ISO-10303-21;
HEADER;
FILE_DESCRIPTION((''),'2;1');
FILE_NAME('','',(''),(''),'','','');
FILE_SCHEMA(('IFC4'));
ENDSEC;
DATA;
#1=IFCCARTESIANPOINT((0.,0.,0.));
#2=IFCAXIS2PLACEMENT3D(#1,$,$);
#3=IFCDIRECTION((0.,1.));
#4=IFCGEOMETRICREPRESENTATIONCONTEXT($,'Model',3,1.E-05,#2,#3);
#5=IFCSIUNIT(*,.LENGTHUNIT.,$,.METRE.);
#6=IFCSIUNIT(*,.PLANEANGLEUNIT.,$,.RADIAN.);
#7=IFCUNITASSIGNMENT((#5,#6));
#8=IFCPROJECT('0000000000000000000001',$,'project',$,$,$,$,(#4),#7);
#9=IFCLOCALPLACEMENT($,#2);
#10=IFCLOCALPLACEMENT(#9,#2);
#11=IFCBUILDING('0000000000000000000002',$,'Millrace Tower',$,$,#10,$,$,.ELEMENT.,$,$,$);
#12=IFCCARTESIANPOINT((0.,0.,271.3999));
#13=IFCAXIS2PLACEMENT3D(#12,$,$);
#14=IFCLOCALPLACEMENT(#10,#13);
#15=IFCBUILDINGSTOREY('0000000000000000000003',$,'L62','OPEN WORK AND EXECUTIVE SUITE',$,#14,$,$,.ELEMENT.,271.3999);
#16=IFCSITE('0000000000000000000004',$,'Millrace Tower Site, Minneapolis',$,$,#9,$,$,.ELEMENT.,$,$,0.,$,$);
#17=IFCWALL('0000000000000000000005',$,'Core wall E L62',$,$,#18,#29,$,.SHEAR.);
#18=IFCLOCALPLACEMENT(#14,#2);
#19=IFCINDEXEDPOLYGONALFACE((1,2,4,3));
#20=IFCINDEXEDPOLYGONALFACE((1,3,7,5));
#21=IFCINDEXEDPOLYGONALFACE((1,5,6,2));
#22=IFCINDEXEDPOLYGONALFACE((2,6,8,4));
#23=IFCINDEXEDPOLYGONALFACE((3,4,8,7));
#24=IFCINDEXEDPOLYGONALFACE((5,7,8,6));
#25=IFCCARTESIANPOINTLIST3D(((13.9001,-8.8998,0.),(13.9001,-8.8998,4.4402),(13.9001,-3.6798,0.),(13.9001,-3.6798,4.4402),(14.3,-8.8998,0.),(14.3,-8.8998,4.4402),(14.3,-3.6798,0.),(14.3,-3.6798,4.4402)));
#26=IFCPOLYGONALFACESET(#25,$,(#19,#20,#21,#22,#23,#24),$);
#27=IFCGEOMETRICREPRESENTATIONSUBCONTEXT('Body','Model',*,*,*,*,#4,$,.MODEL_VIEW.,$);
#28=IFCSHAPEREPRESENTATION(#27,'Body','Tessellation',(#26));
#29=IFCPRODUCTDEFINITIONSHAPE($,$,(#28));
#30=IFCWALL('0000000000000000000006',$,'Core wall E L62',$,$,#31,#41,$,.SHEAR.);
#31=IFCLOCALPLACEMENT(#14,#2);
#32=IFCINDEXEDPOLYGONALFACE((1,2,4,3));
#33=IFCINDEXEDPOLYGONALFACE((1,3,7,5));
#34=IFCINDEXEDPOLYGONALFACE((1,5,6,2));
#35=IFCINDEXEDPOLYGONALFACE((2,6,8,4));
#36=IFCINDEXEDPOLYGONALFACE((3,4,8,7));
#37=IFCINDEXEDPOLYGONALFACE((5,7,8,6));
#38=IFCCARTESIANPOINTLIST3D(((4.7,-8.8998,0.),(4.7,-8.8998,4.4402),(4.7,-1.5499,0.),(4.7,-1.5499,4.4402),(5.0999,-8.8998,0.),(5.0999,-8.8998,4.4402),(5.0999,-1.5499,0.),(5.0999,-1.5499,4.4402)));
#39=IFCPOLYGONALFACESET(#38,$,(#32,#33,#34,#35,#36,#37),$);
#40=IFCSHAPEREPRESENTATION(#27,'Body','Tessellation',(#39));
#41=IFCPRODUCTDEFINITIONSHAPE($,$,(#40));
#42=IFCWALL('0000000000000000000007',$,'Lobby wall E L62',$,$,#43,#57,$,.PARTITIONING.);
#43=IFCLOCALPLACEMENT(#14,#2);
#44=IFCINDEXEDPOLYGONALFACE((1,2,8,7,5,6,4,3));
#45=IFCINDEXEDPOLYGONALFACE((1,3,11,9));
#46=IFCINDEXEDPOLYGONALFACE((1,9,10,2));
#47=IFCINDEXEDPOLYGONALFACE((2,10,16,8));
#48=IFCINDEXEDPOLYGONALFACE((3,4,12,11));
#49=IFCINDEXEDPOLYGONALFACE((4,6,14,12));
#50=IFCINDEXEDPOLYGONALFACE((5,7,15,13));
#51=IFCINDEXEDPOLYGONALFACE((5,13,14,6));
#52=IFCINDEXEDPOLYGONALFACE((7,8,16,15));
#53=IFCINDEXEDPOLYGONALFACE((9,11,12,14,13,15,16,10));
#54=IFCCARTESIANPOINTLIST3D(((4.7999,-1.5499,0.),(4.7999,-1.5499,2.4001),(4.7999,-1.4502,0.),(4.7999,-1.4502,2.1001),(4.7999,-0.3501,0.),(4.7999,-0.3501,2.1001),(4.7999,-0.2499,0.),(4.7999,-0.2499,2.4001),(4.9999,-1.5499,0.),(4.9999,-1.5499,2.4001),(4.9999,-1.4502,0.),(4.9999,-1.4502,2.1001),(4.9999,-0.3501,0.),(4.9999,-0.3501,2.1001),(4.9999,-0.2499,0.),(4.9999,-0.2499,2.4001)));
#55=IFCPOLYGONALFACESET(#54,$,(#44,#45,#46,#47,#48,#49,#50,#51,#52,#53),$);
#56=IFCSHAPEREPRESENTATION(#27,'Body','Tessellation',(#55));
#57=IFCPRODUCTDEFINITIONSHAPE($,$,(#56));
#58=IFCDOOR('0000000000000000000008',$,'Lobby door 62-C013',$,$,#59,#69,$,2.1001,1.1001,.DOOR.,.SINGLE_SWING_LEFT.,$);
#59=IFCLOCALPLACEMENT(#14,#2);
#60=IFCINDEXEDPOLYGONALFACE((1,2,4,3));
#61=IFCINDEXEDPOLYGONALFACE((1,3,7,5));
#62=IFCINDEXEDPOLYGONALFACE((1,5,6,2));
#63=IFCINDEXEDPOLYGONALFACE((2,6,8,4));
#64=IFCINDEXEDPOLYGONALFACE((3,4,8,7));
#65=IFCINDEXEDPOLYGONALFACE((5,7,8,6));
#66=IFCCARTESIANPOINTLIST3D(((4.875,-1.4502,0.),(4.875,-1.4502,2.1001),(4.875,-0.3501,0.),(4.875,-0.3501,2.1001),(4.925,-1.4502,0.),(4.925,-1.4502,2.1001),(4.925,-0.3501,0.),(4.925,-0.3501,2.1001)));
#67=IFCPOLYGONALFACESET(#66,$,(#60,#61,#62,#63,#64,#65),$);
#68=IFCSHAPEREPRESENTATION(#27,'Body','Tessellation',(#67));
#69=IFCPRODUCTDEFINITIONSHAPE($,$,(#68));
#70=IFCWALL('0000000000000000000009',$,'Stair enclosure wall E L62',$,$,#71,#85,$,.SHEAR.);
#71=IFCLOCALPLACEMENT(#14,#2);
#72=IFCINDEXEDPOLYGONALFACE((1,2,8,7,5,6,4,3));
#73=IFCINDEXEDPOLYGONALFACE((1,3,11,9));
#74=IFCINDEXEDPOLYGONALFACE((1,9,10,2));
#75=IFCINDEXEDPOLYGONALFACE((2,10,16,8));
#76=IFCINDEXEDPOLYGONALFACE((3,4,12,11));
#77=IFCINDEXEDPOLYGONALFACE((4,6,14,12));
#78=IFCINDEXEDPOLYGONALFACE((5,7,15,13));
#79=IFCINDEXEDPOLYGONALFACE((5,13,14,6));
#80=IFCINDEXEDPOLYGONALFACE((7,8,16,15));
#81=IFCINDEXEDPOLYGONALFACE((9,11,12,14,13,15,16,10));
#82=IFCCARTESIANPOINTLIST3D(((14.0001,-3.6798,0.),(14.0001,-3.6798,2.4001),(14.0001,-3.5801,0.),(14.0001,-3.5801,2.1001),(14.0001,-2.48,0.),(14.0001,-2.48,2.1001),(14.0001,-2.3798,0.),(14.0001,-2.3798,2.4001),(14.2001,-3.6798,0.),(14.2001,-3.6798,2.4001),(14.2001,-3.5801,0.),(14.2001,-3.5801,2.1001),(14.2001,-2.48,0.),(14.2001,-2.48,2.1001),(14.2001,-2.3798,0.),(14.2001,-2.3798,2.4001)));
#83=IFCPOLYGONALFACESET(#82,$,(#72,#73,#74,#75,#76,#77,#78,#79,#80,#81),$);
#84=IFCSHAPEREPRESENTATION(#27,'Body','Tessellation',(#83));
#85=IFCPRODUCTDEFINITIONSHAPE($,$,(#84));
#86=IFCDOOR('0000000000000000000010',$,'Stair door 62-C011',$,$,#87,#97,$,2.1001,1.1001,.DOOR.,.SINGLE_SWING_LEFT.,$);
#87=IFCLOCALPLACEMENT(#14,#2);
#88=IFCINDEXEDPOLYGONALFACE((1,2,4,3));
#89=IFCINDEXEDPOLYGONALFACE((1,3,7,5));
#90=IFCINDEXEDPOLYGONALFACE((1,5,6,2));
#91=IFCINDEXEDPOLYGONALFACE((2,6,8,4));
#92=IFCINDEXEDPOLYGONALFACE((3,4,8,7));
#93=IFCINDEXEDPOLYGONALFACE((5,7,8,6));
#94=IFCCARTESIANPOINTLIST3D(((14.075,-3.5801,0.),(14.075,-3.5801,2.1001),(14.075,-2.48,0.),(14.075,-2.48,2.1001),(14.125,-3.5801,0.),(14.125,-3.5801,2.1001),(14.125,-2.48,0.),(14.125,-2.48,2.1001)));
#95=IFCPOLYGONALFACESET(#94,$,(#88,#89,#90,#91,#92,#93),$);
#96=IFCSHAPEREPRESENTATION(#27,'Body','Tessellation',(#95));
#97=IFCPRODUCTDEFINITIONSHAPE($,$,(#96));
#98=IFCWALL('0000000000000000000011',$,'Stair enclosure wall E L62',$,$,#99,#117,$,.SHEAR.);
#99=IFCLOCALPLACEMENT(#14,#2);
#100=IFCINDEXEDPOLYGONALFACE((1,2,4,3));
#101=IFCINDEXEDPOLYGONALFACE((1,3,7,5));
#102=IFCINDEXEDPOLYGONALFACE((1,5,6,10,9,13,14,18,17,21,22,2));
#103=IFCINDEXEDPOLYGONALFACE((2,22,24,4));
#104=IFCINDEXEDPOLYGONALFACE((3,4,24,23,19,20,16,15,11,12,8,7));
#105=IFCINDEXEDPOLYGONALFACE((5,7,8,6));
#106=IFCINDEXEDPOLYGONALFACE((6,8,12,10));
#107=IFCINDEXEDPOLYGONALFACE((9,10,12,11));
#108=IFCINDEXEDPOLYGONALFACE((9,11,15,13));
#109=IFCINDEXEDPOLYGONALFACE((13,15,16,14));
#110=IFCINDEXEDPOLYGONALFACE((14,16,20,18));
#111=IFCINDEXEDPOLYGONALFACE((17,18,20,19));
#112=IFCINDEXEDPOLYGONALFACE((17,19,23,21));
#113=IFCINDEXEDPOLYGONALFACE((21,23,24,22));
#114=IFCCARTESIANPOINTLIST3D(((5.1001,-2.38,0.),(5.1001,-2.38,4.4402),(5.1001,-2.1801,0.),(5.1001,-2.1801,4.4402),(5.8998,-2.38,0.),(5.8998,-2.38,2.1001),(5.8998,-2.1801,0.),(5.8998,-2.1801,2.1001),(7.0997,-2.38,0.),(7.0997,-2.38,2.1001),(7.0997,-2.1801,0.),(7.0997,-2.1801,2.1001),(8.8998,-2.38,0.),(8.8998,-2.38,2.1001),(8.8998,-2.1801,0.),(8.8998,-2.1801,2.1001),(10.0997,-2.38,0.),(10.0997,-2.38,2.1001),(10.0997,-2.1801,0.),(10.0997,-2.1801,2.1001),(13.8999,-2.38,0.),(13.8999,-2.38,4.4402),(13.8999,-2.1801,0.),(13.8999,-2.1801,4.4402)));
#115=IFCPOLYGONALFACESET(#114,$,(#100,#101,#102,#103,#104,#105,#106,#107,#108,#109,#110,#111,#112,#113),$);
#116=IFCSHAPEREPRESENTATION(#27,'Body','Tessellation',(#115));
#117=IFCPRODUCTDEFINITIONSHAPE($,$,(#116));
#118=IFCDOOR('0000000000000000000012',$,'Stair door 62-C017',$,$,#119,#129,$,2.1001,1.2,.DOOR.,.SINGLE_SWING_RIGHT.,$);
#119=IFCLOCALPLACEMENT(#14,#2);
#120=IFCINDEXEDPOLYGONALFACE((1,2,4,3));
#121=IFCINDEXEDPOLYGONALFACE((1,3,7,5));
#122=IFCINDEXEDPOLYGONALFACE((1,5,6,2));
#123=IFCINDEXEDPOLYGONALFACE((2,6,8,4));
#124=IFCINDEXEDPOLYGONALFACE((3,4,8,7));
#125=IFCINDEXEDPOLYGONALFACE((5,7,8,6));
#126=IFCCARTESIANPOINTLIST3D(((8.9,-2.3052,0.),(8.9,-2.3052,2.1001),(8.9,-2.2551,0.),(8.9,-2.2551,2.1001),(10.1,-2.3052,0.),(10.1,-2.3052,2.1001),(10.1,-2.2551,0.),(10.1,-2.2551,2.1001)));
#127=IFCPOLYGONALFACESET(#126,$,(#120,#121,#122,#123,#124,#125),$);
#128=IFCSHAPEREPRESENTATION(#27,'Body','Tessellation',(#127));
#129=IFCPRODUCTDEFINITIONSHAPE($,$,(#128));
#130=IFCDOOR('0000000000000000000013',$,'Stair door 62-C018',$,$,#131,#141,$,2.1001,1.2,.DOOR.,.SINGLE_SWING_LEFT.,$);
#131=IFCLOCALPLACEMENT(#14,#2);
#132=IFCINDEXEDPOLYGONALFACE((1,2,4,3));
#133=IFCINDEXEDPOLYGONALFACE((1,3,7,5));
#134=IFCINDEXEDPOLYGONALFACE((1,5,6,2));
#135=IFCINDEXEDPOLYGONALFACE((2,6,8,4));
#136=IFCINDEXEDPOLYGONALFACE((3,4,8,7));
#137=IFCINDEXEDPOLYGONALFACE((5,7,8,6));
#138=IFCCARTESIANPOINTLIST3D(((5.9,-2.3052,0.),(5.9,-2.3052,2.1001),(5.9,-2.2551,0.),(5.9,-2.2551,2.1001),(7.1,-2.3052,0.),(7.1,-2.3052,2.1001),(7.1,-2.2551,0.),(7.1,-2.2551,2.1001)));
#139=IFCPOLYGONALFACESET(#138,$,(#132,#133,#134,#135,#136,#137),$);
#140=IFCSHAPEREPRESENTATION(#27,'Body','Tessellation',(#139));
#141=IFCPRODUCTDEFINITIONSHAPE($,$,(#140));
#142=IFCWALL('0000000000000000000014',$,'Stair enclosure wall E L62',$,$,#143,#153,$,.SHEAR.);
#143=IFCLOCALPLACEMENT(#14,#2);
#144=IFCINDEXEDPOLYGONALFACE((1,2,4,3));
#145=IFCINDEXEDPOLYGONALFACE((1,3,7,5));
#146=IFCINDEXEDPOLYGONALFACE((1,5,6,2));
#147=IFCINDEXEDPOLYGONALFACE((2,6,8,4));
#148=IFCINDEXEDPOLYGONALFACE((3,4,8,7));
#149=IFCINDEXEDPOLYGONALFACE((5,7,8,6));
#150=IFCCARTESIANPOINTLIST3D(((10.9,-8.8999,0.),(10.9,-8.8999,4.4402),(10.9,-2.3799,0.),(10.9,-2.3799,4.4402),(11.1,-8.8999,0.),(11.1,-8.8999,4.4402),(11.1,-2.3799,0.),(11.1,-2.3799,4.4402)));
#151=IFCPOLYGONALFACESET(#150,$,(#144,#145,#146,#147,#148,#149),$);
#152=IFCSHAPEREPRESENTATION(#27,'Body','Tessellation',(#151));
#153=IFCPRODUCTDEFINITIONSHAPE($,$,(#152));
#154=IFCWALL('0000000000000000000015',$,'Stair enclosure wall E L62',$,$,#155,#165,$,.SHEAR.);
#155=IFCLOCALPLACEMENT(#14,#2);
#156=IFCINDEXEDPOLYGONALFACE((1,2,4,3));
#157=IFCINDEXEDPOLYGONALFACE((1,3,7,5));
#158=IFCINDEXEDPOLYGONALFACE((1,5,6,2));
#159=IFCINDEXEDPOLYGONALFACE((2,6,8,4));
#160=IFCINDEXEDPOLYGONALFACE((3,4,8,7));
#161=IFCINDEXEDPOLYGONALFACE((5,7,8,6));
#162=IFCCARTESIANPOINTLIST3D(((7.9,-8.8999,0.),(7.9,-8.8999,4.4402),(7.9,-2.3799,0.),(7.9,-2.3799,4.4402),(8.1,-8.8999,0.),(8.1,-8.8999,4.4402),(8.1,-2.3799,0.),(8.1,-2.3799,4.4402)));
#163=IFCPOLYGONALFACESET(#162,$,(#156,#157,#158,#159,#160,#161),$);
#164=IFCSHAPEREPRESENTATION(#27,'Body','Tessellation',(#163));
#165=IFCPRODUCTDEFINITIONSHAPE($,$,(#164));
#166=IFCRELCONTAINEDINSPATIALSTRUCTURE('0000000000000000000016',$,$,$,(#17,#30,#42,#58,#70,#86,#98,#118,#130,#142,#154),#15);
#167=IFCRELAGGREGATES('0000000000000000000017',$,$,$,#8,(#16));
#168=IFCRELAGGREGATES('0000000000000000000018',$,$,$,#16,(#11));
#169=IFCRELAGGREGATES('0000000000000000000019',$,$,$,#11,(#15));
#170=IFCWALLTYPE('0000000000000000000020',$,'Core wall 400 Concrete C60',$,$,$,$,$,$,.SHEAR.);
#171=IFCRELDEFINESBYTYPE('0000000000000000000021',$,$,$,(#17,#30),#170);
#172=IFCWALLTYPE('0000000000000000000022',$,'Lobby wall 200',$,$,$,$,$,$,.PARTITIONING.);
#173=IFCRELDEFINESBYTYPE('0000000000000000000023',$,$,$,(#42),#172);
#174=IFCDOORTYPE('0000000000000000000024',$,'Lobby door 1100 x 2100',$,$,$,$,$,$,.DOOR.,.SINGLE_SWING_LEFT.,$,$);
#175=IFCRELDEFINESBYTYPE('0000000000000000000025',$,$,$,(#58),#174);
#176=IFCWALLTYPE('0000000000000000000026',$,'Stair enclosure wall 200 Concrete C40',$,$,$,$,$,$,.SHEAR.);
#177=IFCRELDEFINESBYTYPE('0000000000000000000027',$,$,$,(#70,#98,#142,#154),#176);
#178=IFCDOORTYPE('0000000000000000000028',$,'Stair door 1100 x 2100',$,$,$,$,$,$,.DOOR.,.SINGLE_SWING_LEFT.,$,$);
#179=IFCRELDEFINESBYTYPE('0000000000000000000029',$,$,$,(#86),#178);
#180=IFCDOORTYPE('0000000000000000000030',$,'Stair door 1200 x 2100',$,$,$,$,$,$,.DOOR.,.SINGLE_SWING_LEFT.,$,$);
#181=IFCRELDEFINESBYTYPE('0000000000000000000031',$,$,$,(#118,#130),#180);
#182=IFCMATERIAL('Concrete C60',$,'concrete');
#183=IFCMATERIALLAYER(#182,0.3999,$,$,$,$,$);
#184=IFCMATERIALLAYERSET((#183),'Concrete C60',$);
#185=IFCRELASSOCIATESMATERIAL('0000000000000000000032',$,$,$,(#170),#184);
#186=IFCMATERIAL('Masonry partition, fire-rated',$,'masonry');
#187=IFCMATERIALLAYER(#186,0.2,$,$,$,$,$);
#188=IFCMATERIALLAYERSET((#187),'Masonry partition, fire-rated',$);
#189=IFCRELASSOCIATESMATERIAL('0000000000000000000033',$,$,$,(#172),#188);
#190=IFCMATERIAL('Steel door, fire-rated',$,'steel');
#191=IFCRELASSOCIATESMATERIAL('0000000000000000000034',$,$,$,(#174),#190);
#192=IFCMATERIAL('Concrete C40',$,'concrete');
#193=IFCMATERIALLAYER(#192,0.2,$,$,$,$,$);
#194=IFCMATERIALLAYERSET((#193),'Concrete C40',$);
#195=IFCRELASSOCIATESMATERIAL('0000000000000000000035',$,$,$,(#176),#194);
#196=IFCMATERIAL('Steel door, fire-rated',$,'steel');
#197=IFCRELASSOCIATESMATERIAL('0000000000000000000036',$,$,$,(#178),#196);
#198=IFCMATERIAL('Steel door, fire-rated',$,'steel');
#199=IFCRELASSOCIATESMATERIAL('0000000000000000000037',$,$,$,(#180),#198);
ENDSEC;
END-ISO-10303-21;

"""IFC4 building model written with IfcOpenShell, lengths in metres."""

from ifc_helpers import new_model, si_unit, direction, frame, frame_2d, origin, place, context, subcontext, project, spatial, rectangle, extrude, material, layer, layer_set, type_object, element, fill, save


model = new_model("IFC4")

# Units and contexts
model_context = context("Model", 3, precision=1e-05, world=origin(), true_north=direction((0.0, 1.0)))
body_context = subcontext(model_context, "Body", "Model", "MODEL_VIEW")
ifc_project = project(units=[si_unit("LENGTHUNIT", "METRE"), si_unit("PLANEANGLEUNIT", "RADIAN")], contexts=[model_context])

# Site, building, storey
site_placement = place(None, origin())
site = spatial("IfcSite", under=ifc_project, at=site_placement, Name="Millrace Tower Site, Minneapolis", CompositionType="ELEMENT", RefElevation=0.0)
building_placement = place(site_placement, origin())
building = spatial("IfcBuilding", under=site, at=building_placement, Name="Millrace Tower", CompositionType="ELEMENT")
storey_placement = place(building_placement, frame((0.0, 0.0, 271.3999)))
storey = spatial("IfcBuildingStorey", under=building, at=storey_placement, Name="L62", Description="OPEN WORK AND EXECUTIVE SUITE", CompositionType="ELEMENT", Elevation=271.3999)

# Walls
ifc_material_1 = material(Name="Concrete C60", Category="concrete")
ifc_layer_1 = layer(ifc_material_1, 0.3999)
ifc_layer_set_1 = layer_set([ifc_layer_1], Name="Concrete C60")
wall_type_1 = type_object("IfcWallType", Name="Core wall 400 Concrete C60", PredefinedType="SHEAR", material=ifc_layer_set_1)
wall_1_placement = place(storey_placement, frame((14.1001, -3.6799, 0.0), z_axis=(0.0, 0.0, 1.0), x_axis=(0.0, -1.0, 0.0)))
element("IfcWall", 1, at=wall_1_placement, inside=storey, type_object=wall_type_1, Name="Core wall E L62", PredefinedType="SHEAR", context=body_context, shape_type="SweptSolid", body=[
    extrude(rectangle(XDim=5.22, YDim=0.3999, at=frame_2d((2.6099, 0.0))), origin(), (0.0, 0.0, 1.0), 4.4402),
])
wall_2_placement = place(storey_placement, frame((4.8999, -1.55, 0.0), z_axis=(0.0, 0.0, 1.0), x_axis=(0.0, -1.0, 0.0)))
element("IfcWall", 2, at=wall_2_placement, inside=storey, type_object=wall_type_1, Name="Core wall E L62", PredefinedType="SHEAR", context=body_context, shape_type="SweptSolid", body=[
    extrude(rectangle(XDim=7.3499, YDim=0.3999, at=frame_2d((3.6748, 0.0))), origin(), (0.0, 0.0, 1.0), 4.4402),
])

# Walls, openings, doors
ifc_material_2 = material(Name="Masonry partition, fire-rated", Category="masonry")
ifc_layer_2 = layer(ifc_material_2, 0.2)
ifc_layer_set_2 = layer_set([ifc_layer_2], Name="Masonry partition, fire-rated")
wall_type_2 = type_object("IfcWallType", Name="Lobby wall 200", PredefinedType="PARTITIONING", material=ifc_layer_set_2)
wall_3_placement = place(storey_placement, frame((4.8999, -0.25, 0.0), z_axis=(0.0, 0.0, 1.0), x_axis=(0.0, -1.0, 0.0)))
wall_3 = element("IfcWall", 3, at=wall_3_placement, inside=storey, type_object=wall_type_2, Name="Lobby wall E L62", PredefinedType="PARTITIONING", context=body_context, shape_type="SweptSolid", body=[
    extrude(rectangle(XDim=1.3, YDim=0.2, at=frame_2d((0.6499, 0.0))), origin(), (0.0, 0.0, 1.0), 2.4001),
])
opening_1_placement = place(wall_3_placement, frame((0.1001, 0.0, 0.0)))
opening_1 = element("IfcOpeningElement", 4, at=opening_1_placement, cuts=wall_3, PredefinedType="OPENING", context=body_context, shape_type="SweptSolid", body=[
    extrude(rectangle(XDim=1.1001, YDim=2.1001, at=frame_2d((0.55, 1.05))), frame((0.0, 0.1099, 0.0), z_axis=(0.0, -1.0, 0.0), x_axis=(1.0, 0.0, 0.0)), (0.0, 0.0, 1.0), 0.22),
])
ifc_material_3 = material(Name="Steel door, fire-rated", Category="steel")
door_type_1 = type_object("IfcDoorType", Name="Lobby door 1100 x 2100", OperationType="SINGLE_SWING_LEFT", PredefinedType="DOOR", material=ifc_material_3)
door_1_placement = place(opening_1_placement, frame((1.1001, 0.0, 0.0), z_axis=(0.0, 0.0, 1.0), x_axis=(-1.0, 0.0, 0.0)))
door_1 = element("IfcDoor", 5, at=door_1_placement, inside=storey, type_object=door_type_1, Name="Lobby door 62-C013", OperationType="SINGLE_SWING_LEFT", OverallHeight=2.1001, OverallWidth=1.1001, PredefinedType="DOOR", context=body_context, shape_type="SweptSolid", body=[
    extrude(rectangle(XDim=1.1001, YDim=2.1001, at=frame_2d((0.55, 1.05))), frame((0.0, 0.0249, 0.0), z_axis=(0.0, -1.0, 0.0), x_axis=(1.0, 0.0, 0.0)), (0.0, 0.0, 1.0), 0.05),
])
fill(opening_1, door_1)
ifc_material_4 = material(Name="Concrete C40", Category="concrete")
ifc_layer_3 = layer(ifc_material_4, 0.2)
ifc_layer_set_3 = layer_set([ifc_layer_3], Name="Concrete C40")
wall_type_3 = type_object("IfcWallType", Name="Stair enclosure wall 200 Concrete C40", PredefinedType="SHEAR", material=ifc_layer_set_3)
wall_4_placement = place(storey_placement, frame((14.1001, -2.3799, 0.0), z_axis=(0.0, 0.0, 1.0), x_axis=(0.0, -1.0, 0.0)))
wall_4 = element("IfcWall", 6, at=wall_4_placement, inside=storey, type_object=wall_type_3, Name="Stair enclosure wall E L62", PredefinedType="SHEAR", context=body_context, shape_type="SweptSolid", body=[
    extrude(rectangle(XDim=1.3, YDim=0.2, at=frame_2d((0.6499, 0.0))), origin(), (0.0, 0.0, 1.0), 2.4001),
])
opening_2_placement = place(wall_4_placement, frame((0.1001, 0.0, 0.0)))
opening_2 = element("IfcOpeningElement", 7, at=opening_2_placement, cuts=wall_4, PredefinedType="OPENING", context=body_context, shape_type="SweptSolid", body=[
    extrude(rectangle(XDim=1.1001, YDim=2.1001, at=frame_2d((0.55, 1.05))), frame((0.0, 0.1099, 0.0), z_axis=(0.0, -1.0, 0.0), x_axis=(1.0, 0.0, 0.0)), (0.0, 0.0, 1.0), 0.22),
])
ifc_material_5 = material(Name="Steel door, fire-rated", Category="steel")
door_type_2 = type_object("IfcDoorType", Name="Stair door 1100 x 2100", OperationType="SINGLE_SWING_LEFT", PredefinedType="DOOR", material=ifc_material_5)
door_2_placement = place(opening_2_placement, origin())
door_2 = element("IfcDoor", 8, at=door_2_placement, inside=storey, type_object=door_type_2, Name="Stair door 62-C011", OperationType="SINGLE_SWING_LEFT", OverallHeight=2.1001, OverallWidth=1.1001, PredefinedType="DOOR", context=body_context, shape_type="SweptSolid", body=[
    extrude(rectangle(XDim=1.1001, YDim=2.1001, at=frame_2d((0.55, 1.05))), frame((0.0, 0.0249, 0.0), z_axis=(0.0, -1.0, 0.0), x_axis=(1.0, 0.0, 0.0)), (0.0, 0.0, 1.0), 0.05),
])
fill(opening_2, door_2)

# Wall, openings, doors
wall_5_placement = place(storey_placement, frame((13.8999, -2.28, 0.0), z_axis=(0.0, 0.0, 1.0), x_axis=(-1.0, 0.0, 0.0)))
wall_5 = element("IfcWall", 9, at=wall_5_placement, inside=storey, type_object=wall_type_3, Name="Stair enclosure wall E L62", PredefinedType="SHEAR", context=body_context, shape_type="SweptSolid", body=[
    extrude(rectangle(XDim=8.7998, YDim=0.2, at=frame_2d((4.3999, 0.0))), origin(), (0.0, 0.0, 1.0), 4.4402),
])
opening_3_placement = place(wall_5_placement, frame((3.8, 0.0, 0.0)))
opening_3 = element("IfcOpeningElement", 10, at=opening_3_placement, cuts=wall_5, PredefinedType="OPENING", context=body_context, shape_type="SweptSolid", body=[
    extrude(rectangle(XDim=1.2, YDim=2.1001, at=frame_2d((0.6001, 1.05))), frame((0.0, 0.1099, 0.0), z_axis=(0.0, -1.0, 0.0), x_axis=(1.0, 0.0, 0.0)), (0.0, 0.0, 1.0), 0.22),
])
opening_4_placement = place(wall_5_placement, frame((6.8, 0.0, 0.0)))
opening_4 = element("IfcOpeningElement", 11, at=opening_4_placement, cuts=wall_5, PredefinedType="OPENING", context=body_context, shape_type="SweptSolid", body=[
    extrude(rectangle(XDim=1.2, YDim=2.1001, at=frame_2d((0.6001, 1.05))), frame((0.0, 0.1099, 0.0), z_axis=(0.0, -1.0, 0.0), x_axis=(1.0, 0.0, 0.0)), (0.0, 0.0, 1.0), 0.22),
])
ifc_material_6 = material(Name="Steel door, fire-rated", Category="steel")
door_type_3 = type_object("IfcDoorType", Name="Stair door 1200 x 2100", OperationType="SINGLE_SWING_LEFT", PredefinedType="DOOR", material=ifc_material_6)
door_3_placement = place(opening_3_placement, frame((1.2, 0.0, 0.0), z_axis=(0.0, 0.0, 1.0), x_axis=(-1.0, 0.0, 0.0)))
door_3 = element("IfcDoor", 12, at=door_3_placement, inside=storey, type_object=door_type_3, Name="Stair door 62-C017", OperationType="SINGLE_SWING_RIGHT", OverallHeight=2.1001, OverallWidth=1.2, PredefinedType="DOOR", context=body_context, shape_type="SweptSolid", body=[
    extrude(rectangle(XDim=1.2, YDim=2.1001, at=frame_2d((0.6001, 1.05))), frame((0.0, 0.0249, 0.0), z_axis=(0.0, -1.0, 0.0), x_axis=(1.0, 0.0, 0.0)), (0.0, 0.0, 1.0), 0.05),
])
fill(opening_3, door_3)
door_4_placement = place(opening_4_placement, frame((1.2, 0.0, 0.0), z_axis=(0.0, 0.0, 1.0), x_axis=(-1.0, 0.0, 0.0)))
door_4 = element("IfcDoor", 13, at=door_4_placement, inside=storey, type_object=door_type_3, Name="Stair door 62-C018", OperationType="SINGLE_SWING_LEFT", OverallHeight=2.1001, OverallWidth=1.2, PredefinedType="DOOR", context=body_context, shape_type="SweptSolid", body=[
    extrude(rectangle(XDim=1.2, YDim=2.1001, at=frame_2d((0.6001, 1.05))), frame((0.0, 0.0249, 0.0), z_axis=(0.0, -1.0, 0.0), x_axis=(1.0, 0.0, 0.0)), (0.0, 0.0, 1.0), 0.05),
])
fill(opening_4, door_4)

# Walls
for number, where, z_axis, x_axis, name in (
    (14, (11.0, -2.3799, 0.0), (0.0, 0.0, 1.0), (0.0, -1.0, 0.0), "Stair enclosure wall E L62"),
    (15, (8.0, -2.3799, 0.0), (0.0, 0.0, 1.0), (0.0, -1.0, 0.0), "Stair enclosure wall E L62"),
):
    element("IfcWall", number, at=place(storey_placement, frame(where, z_axis=z_axis, x_axis=x_axis)), inside=storey, type_object=wall_type_3, Name=name, PredefinedType="SHEAR", context=body_context, shape_type="SweptSolid", body=[
        extrude(rectangle(XDim=6.52, YDim=0.2, at=frame_2d((3.26, 0.0))), origin(), (0.0, 0.0, 1.0), 4.4402),
    ])

save(model, "model.ifc")
